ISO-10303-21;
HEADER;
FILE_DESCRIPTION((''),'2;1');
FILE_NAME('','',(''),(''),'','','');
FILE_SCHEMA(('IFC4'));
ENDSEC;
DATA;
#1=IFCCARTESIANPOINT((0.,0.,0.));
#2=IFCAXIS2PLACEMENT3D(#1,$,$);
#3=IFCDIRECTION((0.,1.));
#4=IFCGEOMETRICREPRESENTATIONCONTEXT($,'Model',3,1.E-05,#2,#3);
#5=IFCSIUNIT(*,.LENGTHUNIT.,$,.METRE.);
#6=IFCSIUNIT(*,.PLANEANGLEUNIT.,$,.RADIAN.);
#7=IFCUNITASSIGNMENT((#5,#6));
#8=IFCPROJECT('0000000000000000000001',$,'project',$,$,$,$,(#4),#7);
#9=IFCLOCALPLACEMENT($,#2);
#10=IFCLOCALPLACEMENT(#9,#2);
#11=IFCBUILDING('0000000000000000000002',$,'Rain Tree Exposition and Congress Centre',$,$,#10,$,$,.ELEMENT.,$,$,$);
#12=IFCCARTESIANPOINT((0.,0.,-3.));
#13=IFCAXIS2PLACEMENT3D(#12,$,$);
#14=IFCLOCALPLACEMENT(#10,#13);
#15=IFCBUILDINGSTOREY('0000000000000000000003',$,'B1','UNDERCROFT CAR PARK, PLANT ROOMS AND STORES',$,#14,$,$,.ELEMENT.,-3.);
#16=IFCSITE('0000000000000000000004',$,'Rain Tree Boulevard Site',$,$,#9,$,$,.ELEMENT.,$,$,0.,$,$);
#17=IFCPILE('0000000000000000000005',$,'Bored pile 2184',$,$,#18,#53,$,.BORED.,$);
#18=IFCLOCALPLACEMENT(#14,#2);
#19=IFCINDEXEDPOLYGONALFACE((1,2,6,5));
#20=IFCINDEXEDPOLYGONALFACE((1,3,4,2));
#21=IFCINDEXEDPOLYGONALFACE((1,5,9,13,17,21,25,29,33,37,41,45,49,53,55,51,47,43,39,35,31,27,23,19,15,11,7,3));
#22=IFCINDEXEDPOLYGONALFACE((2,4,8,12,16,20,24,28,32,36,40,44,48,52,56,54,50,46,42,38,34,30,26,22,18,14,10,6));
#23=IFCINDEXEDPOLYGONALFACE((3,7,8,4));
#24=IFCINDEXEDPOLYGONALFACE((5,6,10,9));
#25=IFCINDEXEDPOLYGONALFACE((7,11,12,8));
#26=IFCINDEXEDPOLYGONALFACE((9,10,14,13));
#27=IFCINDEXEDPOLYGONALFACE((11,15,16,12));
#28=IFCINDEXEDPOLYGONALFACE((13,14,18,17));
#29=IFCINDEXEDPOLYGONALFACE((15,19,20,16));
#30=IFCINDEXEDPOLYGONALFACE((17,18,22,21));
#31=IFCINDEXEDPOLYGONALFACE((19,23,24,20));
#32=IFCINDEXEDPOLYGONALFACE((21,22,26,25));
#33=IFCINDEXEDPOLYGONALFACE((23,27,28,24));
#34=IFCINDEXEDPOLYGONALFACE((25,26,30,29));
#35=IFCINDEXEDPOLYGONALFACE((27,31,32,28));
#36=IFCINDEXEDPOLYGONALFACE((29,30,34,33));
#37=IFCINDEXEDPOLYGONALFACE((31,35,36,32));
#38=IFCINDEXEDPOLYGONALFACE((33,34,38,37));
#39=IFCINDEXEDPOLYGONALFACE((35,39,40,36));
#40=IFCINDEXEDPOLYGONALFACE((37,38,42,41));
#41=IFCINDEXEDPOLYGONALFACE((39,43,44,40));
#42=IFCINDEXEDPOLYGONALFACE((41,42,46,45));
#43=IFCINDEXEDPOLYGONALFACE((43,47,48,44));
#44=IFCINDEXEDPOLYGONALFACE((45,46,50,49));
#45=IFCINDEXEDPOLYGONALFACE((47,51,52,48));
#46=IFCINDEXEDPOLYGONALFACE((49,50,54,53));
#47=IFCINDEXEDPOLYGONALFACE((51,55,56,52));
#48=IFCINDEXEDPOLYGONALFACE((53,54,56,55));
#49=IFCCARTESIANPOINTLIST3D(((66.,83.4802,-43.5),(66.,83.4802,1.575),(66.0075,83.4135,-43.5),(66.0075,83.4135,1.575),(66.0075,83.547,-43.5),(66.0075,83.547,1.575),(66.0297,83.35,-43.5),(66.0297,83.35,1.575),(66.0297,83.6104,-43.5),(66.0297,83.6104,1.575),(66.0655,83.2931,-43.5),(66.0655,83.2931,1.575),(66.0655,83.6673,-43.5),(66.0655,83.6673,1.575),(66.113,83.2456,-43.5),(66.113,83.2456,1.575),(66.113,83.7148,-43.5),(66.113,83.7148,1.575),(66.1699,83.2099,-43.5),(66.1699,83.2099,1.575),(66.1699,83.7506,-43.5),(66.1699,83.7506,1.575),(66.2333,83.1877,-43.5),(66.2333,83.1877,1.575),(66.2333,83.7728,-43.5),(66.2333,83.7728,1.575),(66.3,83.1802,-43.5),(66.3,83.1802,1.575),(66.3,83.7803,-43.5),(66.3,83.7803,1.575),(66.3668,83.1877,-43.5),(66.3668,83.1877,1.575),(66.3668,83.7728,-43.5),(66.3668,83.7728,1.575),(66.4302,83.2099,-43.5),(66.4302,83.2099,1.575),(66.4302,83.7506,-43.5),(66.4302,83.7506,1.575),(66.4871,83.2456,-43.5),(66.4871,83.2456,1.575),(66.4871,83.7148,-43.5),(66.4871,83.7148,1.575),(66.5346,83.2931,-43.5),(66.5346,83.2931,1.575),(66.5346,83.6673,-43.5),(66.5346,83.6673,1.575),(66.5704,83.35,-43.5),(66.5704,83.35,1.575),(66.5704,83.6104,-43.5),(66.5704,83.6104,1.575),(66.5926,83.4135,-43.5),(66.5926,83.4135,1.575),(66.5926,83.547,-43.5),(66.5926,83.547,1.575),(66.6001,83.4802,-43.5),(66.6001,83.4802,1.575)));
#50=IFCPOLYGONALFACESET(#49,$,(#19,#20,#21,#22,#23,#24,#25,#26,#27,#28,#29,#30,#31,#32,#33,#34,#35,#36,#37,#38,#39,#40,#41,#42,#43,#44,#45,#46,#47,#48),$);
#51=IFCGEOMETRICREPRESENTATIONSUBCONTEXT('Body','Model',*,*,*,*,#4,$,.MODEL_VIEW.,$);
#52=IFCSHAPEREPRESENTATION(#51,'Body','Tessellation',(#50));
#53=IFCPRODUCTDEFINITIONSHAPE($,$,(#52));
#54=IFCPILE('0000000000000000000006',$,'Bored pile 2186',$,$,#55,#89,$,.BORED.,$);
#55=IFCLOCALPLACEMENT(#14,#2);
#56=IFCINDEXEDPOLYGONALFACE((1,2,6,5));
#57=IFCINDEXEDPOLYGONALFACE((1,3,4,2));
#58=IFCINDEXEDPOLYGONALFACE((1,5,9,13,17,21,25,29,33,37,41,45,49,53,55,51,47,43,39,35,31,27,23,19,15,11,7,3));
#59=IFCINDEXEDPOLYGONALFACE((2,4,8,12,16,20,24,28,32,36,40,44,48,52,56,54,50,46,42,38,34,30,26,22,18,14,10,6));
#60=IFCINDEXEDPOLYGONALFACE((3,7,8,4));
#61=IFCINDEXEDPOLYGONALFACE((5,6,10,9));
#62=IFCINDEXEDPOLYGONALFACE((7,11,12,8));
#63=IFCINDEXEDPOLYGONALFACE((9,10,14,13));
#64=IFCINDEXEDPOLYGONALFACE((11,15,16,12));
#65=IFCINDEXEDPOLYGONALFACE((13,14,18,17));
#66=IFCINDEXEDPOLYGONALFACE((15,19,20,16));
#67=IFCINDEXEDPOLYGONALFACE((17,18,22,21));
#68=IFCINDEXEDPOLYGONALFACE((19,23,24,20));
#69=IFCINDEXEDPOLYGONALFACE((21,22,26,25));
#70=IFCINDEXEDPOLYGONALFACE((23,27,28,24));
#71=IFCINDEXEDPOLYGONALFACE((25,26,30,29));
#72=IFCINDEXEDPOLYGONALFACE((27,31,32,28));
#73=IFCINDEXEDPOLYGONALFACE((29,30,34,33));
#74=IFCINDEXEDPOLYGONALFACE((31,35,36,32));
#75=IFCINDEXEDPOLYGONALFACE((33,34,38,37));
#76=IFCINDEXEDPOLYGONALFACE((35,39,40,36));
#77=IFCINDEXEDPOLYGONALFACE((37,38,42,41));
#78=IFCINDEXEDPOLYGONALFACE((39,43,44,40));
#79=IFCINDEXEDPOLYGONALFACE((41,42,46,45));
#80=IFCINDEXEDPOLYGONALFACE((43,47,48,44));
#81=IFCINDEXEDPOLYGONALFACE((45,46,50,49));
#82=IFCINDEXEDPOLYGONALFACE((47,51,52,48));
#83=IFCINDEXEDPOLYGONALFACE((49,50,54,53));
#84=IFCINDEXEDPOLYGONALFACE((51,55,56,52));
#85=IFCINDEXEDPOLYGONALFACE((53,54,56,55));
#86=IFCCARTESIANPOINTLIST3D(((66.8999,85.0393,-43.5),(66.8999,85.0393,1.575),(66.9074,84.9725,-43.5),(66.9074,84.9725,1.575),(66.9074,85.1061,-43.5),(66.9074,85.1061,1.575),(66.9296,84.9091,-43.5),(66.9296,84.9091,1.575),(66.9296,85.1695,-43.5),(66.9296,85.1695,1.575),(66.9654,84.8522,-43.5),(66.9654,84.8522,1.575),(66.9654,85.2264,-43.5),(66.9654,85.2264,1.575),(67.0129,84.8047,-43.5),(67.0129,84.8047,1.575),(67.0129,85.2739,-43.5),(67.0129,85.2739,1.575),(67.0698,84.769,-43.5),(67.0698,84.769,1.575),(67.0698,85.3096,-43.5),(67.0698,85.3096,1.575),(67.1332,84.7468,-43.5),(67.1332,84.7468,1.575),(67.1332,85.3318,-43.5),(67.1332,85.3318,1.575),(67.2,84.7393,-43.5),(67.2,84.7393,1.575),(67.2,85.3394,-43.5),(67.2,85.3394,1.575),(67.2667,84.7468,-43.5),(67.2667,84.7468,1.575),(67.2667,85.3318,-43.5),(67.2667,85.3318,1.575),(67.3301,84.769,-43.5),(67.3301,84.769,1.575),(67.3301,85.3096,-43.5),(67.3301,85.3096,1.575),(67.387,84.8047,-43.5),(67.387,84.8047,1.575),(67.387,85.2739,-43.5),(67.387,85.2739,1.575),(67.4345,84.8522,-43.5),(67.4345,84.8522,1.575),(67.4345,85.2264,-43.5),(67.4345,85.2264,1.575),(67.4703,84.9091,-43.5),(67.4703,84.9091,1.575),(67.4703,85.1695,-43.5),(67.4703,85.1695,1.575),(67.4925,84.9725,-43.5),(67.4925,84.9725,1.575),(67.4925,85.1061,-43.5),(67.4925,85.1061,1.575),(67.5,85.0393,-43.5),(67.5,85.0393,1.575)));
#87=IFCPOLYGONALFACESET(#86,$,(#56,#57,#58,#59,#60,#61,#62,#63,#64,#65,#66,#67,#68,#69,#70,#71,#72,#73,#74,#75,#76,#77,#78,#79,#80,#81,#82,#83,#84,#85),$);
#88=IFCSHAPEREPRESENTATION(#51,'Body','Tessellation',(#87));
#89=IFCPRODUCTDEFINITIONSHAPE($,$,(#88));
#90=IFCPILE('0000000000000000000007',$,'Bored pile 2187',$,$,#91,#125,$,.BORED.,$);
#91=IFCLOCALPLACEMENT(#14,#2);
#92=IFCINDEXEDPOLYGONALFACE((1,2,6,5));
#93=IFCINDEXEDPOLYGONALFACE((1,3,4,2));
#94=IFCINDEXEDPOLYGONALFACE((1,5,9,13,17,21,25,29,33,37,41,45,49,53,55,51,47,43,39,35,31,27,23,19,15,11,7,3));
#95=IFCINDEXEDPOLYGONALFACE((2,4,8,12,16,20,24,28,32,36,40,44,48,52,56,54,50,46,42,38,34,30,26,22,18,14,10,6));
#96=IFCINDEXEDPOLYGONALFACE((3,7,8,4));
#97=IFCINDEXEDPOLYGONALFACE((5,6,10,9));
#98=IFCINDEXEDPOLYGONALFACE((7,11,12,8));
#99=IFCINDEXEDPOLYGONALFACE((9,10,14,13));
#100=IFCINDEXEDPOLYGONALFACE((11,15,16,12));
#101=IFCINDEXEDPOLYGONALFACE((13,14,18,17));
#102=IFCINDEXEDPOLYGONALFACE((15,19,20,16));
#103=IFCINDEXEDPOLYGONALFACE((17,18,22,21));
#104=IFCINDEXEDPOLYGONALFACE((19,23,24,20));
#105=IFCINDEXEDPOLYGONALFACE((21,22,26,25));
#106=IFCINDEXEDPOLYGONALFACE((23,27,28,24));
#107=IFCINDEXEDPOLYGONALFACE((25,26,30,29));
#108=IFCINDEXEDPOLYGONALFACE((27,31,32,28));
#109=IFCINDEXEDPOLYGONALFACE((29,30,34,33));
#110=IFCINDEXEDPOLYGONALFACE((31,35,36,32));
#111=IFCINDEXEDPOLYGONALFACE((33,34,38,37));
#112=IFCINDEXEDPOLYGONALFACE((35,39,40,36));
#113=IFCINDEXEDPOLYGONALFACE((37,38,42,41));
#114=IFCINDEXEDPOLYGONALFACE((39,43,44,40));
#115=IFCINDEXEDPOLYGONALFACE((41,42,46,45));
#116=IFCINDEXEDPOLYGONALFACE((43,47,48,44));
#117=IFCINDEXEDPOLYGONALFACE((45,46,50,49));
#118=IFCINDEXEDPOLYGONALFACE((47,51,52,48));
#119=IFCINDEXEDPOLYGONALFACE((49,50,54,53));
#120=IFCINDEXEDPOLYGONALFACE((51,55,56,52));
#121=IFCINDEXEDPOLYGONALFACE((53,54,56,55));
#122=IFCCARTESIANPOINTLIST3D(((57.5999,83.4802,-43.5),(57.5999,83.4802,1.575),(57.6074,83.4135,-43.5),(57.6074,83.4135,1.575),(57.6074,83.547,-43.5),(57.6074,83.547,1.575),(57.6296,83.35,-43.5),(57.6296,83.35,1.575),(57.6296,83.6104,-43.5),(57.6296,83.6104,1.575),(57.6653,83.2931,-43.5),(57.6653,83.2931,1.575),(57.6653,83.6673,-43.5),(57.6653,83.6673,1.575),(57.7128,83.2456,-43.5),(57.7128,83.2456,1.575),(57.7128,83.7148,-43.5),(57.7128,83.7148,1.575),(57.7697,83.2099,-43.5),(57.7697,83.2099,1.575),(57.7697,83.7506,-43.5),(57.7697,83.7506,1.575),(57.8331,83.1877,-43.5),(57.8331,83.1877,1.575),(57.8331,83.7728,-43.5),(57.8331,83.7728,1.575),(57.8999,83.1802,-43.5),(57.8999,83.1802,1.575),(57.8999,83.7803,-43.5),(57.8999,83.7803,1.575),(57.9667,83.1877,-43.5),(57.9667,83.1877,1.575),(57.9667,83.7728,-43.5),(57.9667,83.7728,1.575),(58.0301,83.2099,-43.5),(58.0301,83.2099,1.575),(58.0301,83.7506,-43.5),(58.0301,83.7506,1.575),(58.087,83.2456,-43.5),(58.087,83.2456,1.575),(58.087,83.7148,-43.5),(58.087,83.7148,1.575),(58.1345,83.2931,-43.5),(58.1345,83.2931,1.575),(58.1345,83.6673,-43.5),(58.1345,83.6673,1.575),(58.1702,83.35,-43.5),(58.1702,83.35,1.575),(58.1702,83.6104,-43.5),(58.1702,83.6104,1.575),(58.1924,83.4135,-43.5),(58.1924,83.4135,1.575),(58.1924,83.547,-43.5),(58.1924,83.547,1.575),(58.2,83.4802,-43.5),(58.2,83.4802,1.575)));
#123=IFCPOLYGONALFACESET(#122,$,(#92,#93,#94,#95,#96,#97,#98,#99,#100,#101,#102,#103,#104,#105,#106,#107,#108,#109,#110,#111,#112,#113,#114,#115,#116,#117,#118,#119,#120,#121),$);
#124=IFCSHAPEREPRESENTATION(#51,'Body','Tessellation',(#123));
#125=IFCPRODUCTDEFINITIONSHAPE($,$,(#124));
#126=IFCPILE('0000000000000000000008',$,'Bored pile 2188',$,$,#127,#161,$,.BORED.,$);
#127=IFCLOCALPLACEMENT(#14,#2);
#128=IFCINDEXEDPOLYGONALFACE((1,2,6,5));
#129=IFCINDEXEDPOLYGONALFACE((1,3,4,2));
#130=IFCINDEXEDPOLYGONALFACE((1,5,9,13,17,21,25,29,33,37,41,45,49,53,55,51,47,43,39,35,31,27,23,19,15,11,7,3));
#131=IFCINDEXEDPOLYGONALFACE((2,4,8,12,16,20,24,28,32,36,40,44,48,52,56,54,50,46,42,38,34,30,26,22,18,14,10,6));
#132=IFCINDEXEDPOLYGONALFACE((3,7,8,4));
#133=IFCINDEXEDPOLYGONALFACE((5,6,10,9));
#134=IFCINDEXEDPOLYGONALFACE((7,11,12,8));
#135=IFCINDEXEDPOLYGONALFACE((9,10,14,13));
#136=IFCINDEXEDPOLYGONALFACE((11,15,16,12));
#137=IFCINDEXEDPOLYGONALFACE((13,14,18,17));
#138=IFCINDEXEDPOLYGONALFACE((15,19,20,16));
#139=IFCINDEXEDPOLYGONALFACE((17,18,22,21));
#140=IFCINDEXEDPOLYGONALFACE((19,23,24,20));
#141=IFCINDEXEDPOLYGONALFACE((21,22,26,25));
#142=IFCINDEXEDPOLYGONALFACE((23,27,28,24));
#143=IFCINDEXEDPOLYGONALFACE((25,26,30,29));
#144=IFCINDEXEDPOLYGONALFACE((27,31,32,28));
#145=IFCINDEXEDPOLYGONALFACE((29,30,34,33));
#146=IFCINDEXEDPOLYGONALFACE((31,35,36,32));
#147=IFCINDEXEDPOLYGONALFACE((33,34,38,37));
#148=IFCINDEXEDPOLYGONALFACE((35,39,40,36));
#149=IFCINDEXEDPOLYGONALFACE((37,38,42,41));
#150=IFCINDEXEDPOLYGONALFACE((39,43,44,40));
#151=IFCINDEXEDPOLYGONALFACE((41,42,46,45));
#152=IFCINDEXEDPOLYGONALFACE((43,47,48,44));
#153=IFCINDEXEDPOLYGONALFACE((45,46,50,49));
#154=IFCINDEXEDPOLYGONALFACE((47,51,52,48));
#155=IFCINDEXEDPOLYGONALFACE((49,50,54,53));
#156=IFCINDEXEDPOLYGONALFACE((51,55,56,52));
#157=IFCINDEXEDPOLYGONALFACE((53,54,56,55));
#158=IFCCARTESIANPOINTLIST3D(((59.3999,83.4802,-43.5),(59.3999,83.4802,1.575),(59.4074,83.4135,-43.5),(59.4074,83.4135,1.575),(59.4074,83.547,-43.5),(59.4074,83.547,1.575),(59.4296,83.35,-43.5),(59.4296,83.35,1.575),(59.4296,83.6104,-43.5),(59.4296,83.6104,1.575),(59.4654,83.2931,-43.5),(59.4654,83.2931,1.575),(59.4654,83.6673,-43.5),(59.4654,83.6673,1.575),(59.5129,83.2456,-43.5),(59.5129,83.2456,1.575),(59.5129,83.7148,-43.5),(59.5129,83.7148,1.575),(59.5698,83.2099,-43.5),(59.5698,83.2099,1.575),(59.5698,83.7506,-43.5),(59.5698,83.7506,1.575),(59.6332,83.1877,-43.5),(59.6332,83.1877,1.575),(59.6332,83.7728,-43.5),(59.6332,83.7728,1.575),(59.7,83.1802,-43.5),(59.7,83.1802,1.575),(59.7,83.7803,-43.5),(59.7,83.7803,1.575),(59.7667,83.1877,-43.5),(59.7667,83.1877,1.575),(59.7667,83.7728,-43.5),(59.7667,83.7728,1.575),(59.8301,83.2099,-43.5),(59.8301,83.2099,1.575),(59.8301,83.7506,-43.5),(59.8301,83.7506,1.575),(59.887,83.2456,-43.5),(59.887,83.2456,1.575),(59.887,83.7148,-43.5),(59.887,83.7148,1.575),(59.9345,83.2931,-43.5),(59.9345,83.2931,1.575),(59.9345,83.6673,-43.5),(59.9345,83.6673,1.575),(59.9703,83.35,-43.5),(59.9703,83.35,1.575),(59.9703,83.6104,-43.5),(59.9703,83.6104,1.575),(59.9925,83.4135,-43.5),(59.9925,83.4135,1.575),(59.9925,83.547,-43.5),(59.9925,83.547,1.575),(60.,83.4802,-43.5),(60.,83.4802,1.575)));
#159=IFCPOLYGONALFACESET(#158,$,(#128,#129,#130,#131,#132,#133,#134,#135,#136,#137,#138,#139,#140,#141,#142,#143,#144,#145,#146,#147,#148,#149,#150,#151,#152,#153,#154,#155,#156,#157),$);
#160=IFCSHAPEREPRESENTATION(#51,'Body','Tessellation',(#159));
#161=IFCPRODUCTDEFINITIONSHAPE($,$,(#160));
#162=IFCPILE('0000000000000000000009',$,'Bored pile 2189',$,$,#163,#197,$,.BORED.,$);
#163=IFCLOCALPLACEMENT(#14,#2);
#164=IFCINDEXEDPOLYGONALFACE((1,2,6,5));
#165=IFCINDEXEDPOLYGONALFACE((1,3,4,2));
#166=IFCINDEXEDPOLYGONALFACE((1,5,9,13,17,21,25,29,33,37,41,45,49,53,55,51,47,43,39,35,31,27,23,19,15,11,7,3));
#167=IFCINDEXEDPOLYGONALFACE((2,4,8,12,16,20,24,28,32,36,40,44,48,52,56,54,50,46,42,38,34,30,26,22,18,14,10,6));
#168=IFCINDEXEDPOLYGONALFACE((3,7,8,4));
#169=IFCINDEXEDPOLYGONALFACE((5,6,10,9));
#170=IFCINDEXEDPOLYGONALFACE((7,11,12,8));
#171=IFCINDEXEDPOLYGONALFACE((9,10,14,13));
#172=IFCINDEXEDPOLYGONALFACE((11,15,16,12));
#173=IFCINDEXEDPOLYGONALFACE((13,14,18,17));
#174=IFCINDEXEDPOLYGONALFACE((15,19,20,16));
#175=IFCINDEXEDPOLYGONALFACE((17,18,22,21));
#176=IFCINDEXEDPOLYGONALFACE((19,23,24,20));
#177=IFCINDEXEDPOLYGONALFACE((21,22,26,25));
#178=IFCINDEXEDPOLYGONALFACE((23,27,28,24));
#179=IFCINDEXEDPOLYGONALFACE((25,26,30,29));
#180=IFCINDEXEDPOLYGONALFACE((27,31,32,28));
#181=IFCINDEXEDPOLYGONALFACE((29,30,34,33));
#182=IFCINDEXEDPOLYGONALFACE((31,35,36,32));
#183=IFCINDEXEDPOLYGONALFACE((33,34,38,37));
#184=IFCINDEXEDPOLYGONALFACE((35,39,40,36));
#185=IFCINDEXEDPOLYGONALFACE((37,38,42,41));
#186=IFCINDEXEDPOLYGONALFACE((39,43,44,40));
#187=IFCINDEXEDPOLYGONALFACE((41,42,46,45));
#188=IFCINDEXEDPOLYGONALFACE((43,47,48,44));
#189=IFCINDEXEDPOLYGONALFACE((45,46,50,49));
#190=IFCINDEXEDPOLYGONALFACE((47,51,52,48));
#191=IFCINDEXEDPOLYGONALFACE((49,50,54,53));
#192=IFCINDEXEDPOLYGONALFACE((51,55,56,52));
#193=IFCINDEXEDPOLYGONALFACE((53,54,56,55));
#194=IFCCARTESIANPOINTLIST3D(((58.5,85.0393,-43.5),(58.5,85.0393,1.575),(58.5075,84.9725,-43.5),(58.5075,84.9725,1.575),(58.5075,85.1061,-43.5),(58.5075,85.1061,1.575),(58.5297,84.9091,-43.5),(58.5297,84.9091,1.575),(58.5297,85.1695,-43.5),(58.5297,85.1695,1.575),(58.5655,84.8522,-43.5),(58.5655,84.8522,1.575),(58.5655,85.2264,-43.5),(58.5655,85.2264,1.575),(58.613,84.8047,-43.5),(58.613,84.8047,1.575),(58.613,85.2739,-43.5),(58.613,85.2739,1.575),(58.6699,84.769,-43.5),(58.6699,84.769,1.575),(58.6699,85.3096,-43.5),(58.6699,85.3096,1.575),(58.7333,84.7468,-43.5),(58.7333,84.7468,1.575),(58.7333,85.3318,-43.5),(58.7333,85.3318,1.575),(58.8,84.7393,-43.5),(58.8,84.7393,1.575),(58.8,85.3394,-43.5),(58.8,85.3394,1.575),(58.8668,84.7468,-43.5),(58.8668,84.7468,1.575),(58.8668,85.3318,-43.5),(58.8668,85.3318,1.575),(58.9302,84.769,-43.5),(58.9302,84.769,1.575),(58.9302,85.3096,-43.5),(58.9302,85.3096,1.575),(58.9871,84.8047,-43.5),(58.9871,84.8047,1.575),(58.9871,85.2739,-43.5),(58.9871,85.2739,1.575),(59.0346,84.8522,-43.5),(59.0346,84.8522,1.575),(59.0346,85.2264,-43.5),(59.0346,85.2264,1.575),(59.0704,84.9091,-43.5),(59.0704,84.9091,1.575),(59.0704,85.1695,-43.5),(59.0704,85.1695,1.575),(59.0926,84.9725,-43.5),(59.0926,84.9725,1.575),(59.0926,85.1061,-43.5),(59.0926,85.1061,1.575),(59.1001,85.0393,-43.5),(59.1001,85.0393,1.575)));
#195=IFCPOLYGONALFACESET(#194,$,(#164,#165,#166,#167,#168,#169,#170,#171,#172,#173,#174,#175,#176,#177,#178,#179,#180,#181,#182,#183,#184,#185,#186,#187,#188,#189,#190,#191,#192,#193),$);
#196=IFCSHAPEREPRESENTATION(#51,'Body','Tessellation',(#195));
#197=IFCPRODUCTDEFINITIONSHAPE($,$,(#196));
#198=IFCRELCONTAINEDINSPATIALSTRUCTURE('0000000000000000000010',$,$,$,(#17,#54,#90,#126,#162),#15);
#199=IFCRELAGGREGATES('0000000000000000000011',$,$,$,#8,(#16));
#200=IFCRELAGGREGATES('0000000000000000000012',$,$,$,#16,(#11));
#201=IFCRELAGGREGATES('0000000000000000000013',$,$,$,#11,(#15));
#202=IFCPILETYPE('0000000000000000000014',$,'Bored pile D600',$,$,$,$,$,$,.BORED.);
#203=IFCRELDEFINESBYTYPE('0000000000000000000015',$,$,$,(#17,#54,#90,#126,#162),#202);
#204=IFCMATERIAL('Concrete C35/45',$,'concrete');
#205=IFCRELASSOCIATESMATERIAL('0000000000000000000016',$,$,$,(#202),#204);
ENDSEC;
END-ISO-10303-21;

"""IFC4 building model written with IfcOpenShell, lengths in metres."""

from ifc_helpers import new_model, si_unit, direction, frame, origin, origin_2d, place, context, subcontext, project, spatial, circle, extrude, material, material_profile, profile_set, type_object, element, save


model = new_model("IFC4")

# Units and contexts
model_context = context("Model", 3, precision=1e-05, world=origin(), true_north=direction((0.0, 1.0)))
body_context = subcontext(model_context, "Body", "Model", "MODEL_VIEW")
ifc_project = project(units=[si_unit("LENGTHUNIT", "METRE"), si_unit("PLANEANGLEUNIT", "RADIAN")], contexts=[model_context])

# Site, building, storey
site_placement = place(None, origin())
site = spatial("IfcSite", under=ifc_project, at=site_placement, Name="Rain Tree Boulevard Site", CompositionType="ELEMENT", RefElevation=0.0)
building_placement = place(site_placement, origin())
building = spatial("IfcBuilding", under=site, at=building_placement, Name="Rain Tree Exposition and Congress Centre", CompositionType="ELEMENT")
storey_placement = place(building_placement, frame((0.0, 0.0, -3.0)))
storey = spatial("IfcBuildingStorey", under=building, at=storey_placement, Name="B1", Description="UNDERCROFT CAR PARK, PLANT ROOMS AND STORES", CompositionType="ELEMENT", Elevation=-3.0)

# Piles
ifc_material_1 = material(Name="Concrete C35/45", Category="concrete")
ifc_material_profile_1 = material_profile(ifc_material_1, circle(Radius=0.3, at=origin_2d()), Name="D600")
ifc_profile_set_1 = profile_set([ifc_material_profile_1], Name="Concrete C35/45")
pile_type_1 = type_object("IfcPileType", Name="Bored pile D600", PredefinedType="BORED", material=ifc_profile_set_1)
for number, where, z_axis, x_axis, name in (
    (1, (66.3, 83.4802, 1.575), (0.0, 0.0, -1.0), (1.0, 0.0, 0.0), "Bored pile 2184"),
    (2, (67.2, 85.0393, 1.575), (0.0, 0.0, -1.0), (1.0, 0.0, 0.0), "Bored pile 2186"),
    (3, (57.8999, 83.4802, 1.575), (0.0, 0.0, -1.0), (1.0, 0.0, 0.0), "Bored pile 2187"),
    (4, (59.7, 83.4802, 1.575), (0.0, 0.0, -1.0), (1.0, 0.0, 0.0), "Bored pile 2188"),
    (5, (58.8, 85.0393, 1.575), (0.0, 0.0, -1.0), (1.0, 0.0, 0.0), "Bored pile 2189"),
):
    element("IfcPile", number, at=place(storey_placement, frame(where, z_axis=z_axis, x_axis=x_axis)), inside=storey, type_object=pile_type_1, Name=name, PredefinedType="BORED", context=body_context, shape_type="SweptSolid", body=[
        extrude(circle(Radius=0.3, at=origin_2d()), origin(), (0.0, 0.0, 1.0), 45.075),
    ])

save(model, "model.ifc")
